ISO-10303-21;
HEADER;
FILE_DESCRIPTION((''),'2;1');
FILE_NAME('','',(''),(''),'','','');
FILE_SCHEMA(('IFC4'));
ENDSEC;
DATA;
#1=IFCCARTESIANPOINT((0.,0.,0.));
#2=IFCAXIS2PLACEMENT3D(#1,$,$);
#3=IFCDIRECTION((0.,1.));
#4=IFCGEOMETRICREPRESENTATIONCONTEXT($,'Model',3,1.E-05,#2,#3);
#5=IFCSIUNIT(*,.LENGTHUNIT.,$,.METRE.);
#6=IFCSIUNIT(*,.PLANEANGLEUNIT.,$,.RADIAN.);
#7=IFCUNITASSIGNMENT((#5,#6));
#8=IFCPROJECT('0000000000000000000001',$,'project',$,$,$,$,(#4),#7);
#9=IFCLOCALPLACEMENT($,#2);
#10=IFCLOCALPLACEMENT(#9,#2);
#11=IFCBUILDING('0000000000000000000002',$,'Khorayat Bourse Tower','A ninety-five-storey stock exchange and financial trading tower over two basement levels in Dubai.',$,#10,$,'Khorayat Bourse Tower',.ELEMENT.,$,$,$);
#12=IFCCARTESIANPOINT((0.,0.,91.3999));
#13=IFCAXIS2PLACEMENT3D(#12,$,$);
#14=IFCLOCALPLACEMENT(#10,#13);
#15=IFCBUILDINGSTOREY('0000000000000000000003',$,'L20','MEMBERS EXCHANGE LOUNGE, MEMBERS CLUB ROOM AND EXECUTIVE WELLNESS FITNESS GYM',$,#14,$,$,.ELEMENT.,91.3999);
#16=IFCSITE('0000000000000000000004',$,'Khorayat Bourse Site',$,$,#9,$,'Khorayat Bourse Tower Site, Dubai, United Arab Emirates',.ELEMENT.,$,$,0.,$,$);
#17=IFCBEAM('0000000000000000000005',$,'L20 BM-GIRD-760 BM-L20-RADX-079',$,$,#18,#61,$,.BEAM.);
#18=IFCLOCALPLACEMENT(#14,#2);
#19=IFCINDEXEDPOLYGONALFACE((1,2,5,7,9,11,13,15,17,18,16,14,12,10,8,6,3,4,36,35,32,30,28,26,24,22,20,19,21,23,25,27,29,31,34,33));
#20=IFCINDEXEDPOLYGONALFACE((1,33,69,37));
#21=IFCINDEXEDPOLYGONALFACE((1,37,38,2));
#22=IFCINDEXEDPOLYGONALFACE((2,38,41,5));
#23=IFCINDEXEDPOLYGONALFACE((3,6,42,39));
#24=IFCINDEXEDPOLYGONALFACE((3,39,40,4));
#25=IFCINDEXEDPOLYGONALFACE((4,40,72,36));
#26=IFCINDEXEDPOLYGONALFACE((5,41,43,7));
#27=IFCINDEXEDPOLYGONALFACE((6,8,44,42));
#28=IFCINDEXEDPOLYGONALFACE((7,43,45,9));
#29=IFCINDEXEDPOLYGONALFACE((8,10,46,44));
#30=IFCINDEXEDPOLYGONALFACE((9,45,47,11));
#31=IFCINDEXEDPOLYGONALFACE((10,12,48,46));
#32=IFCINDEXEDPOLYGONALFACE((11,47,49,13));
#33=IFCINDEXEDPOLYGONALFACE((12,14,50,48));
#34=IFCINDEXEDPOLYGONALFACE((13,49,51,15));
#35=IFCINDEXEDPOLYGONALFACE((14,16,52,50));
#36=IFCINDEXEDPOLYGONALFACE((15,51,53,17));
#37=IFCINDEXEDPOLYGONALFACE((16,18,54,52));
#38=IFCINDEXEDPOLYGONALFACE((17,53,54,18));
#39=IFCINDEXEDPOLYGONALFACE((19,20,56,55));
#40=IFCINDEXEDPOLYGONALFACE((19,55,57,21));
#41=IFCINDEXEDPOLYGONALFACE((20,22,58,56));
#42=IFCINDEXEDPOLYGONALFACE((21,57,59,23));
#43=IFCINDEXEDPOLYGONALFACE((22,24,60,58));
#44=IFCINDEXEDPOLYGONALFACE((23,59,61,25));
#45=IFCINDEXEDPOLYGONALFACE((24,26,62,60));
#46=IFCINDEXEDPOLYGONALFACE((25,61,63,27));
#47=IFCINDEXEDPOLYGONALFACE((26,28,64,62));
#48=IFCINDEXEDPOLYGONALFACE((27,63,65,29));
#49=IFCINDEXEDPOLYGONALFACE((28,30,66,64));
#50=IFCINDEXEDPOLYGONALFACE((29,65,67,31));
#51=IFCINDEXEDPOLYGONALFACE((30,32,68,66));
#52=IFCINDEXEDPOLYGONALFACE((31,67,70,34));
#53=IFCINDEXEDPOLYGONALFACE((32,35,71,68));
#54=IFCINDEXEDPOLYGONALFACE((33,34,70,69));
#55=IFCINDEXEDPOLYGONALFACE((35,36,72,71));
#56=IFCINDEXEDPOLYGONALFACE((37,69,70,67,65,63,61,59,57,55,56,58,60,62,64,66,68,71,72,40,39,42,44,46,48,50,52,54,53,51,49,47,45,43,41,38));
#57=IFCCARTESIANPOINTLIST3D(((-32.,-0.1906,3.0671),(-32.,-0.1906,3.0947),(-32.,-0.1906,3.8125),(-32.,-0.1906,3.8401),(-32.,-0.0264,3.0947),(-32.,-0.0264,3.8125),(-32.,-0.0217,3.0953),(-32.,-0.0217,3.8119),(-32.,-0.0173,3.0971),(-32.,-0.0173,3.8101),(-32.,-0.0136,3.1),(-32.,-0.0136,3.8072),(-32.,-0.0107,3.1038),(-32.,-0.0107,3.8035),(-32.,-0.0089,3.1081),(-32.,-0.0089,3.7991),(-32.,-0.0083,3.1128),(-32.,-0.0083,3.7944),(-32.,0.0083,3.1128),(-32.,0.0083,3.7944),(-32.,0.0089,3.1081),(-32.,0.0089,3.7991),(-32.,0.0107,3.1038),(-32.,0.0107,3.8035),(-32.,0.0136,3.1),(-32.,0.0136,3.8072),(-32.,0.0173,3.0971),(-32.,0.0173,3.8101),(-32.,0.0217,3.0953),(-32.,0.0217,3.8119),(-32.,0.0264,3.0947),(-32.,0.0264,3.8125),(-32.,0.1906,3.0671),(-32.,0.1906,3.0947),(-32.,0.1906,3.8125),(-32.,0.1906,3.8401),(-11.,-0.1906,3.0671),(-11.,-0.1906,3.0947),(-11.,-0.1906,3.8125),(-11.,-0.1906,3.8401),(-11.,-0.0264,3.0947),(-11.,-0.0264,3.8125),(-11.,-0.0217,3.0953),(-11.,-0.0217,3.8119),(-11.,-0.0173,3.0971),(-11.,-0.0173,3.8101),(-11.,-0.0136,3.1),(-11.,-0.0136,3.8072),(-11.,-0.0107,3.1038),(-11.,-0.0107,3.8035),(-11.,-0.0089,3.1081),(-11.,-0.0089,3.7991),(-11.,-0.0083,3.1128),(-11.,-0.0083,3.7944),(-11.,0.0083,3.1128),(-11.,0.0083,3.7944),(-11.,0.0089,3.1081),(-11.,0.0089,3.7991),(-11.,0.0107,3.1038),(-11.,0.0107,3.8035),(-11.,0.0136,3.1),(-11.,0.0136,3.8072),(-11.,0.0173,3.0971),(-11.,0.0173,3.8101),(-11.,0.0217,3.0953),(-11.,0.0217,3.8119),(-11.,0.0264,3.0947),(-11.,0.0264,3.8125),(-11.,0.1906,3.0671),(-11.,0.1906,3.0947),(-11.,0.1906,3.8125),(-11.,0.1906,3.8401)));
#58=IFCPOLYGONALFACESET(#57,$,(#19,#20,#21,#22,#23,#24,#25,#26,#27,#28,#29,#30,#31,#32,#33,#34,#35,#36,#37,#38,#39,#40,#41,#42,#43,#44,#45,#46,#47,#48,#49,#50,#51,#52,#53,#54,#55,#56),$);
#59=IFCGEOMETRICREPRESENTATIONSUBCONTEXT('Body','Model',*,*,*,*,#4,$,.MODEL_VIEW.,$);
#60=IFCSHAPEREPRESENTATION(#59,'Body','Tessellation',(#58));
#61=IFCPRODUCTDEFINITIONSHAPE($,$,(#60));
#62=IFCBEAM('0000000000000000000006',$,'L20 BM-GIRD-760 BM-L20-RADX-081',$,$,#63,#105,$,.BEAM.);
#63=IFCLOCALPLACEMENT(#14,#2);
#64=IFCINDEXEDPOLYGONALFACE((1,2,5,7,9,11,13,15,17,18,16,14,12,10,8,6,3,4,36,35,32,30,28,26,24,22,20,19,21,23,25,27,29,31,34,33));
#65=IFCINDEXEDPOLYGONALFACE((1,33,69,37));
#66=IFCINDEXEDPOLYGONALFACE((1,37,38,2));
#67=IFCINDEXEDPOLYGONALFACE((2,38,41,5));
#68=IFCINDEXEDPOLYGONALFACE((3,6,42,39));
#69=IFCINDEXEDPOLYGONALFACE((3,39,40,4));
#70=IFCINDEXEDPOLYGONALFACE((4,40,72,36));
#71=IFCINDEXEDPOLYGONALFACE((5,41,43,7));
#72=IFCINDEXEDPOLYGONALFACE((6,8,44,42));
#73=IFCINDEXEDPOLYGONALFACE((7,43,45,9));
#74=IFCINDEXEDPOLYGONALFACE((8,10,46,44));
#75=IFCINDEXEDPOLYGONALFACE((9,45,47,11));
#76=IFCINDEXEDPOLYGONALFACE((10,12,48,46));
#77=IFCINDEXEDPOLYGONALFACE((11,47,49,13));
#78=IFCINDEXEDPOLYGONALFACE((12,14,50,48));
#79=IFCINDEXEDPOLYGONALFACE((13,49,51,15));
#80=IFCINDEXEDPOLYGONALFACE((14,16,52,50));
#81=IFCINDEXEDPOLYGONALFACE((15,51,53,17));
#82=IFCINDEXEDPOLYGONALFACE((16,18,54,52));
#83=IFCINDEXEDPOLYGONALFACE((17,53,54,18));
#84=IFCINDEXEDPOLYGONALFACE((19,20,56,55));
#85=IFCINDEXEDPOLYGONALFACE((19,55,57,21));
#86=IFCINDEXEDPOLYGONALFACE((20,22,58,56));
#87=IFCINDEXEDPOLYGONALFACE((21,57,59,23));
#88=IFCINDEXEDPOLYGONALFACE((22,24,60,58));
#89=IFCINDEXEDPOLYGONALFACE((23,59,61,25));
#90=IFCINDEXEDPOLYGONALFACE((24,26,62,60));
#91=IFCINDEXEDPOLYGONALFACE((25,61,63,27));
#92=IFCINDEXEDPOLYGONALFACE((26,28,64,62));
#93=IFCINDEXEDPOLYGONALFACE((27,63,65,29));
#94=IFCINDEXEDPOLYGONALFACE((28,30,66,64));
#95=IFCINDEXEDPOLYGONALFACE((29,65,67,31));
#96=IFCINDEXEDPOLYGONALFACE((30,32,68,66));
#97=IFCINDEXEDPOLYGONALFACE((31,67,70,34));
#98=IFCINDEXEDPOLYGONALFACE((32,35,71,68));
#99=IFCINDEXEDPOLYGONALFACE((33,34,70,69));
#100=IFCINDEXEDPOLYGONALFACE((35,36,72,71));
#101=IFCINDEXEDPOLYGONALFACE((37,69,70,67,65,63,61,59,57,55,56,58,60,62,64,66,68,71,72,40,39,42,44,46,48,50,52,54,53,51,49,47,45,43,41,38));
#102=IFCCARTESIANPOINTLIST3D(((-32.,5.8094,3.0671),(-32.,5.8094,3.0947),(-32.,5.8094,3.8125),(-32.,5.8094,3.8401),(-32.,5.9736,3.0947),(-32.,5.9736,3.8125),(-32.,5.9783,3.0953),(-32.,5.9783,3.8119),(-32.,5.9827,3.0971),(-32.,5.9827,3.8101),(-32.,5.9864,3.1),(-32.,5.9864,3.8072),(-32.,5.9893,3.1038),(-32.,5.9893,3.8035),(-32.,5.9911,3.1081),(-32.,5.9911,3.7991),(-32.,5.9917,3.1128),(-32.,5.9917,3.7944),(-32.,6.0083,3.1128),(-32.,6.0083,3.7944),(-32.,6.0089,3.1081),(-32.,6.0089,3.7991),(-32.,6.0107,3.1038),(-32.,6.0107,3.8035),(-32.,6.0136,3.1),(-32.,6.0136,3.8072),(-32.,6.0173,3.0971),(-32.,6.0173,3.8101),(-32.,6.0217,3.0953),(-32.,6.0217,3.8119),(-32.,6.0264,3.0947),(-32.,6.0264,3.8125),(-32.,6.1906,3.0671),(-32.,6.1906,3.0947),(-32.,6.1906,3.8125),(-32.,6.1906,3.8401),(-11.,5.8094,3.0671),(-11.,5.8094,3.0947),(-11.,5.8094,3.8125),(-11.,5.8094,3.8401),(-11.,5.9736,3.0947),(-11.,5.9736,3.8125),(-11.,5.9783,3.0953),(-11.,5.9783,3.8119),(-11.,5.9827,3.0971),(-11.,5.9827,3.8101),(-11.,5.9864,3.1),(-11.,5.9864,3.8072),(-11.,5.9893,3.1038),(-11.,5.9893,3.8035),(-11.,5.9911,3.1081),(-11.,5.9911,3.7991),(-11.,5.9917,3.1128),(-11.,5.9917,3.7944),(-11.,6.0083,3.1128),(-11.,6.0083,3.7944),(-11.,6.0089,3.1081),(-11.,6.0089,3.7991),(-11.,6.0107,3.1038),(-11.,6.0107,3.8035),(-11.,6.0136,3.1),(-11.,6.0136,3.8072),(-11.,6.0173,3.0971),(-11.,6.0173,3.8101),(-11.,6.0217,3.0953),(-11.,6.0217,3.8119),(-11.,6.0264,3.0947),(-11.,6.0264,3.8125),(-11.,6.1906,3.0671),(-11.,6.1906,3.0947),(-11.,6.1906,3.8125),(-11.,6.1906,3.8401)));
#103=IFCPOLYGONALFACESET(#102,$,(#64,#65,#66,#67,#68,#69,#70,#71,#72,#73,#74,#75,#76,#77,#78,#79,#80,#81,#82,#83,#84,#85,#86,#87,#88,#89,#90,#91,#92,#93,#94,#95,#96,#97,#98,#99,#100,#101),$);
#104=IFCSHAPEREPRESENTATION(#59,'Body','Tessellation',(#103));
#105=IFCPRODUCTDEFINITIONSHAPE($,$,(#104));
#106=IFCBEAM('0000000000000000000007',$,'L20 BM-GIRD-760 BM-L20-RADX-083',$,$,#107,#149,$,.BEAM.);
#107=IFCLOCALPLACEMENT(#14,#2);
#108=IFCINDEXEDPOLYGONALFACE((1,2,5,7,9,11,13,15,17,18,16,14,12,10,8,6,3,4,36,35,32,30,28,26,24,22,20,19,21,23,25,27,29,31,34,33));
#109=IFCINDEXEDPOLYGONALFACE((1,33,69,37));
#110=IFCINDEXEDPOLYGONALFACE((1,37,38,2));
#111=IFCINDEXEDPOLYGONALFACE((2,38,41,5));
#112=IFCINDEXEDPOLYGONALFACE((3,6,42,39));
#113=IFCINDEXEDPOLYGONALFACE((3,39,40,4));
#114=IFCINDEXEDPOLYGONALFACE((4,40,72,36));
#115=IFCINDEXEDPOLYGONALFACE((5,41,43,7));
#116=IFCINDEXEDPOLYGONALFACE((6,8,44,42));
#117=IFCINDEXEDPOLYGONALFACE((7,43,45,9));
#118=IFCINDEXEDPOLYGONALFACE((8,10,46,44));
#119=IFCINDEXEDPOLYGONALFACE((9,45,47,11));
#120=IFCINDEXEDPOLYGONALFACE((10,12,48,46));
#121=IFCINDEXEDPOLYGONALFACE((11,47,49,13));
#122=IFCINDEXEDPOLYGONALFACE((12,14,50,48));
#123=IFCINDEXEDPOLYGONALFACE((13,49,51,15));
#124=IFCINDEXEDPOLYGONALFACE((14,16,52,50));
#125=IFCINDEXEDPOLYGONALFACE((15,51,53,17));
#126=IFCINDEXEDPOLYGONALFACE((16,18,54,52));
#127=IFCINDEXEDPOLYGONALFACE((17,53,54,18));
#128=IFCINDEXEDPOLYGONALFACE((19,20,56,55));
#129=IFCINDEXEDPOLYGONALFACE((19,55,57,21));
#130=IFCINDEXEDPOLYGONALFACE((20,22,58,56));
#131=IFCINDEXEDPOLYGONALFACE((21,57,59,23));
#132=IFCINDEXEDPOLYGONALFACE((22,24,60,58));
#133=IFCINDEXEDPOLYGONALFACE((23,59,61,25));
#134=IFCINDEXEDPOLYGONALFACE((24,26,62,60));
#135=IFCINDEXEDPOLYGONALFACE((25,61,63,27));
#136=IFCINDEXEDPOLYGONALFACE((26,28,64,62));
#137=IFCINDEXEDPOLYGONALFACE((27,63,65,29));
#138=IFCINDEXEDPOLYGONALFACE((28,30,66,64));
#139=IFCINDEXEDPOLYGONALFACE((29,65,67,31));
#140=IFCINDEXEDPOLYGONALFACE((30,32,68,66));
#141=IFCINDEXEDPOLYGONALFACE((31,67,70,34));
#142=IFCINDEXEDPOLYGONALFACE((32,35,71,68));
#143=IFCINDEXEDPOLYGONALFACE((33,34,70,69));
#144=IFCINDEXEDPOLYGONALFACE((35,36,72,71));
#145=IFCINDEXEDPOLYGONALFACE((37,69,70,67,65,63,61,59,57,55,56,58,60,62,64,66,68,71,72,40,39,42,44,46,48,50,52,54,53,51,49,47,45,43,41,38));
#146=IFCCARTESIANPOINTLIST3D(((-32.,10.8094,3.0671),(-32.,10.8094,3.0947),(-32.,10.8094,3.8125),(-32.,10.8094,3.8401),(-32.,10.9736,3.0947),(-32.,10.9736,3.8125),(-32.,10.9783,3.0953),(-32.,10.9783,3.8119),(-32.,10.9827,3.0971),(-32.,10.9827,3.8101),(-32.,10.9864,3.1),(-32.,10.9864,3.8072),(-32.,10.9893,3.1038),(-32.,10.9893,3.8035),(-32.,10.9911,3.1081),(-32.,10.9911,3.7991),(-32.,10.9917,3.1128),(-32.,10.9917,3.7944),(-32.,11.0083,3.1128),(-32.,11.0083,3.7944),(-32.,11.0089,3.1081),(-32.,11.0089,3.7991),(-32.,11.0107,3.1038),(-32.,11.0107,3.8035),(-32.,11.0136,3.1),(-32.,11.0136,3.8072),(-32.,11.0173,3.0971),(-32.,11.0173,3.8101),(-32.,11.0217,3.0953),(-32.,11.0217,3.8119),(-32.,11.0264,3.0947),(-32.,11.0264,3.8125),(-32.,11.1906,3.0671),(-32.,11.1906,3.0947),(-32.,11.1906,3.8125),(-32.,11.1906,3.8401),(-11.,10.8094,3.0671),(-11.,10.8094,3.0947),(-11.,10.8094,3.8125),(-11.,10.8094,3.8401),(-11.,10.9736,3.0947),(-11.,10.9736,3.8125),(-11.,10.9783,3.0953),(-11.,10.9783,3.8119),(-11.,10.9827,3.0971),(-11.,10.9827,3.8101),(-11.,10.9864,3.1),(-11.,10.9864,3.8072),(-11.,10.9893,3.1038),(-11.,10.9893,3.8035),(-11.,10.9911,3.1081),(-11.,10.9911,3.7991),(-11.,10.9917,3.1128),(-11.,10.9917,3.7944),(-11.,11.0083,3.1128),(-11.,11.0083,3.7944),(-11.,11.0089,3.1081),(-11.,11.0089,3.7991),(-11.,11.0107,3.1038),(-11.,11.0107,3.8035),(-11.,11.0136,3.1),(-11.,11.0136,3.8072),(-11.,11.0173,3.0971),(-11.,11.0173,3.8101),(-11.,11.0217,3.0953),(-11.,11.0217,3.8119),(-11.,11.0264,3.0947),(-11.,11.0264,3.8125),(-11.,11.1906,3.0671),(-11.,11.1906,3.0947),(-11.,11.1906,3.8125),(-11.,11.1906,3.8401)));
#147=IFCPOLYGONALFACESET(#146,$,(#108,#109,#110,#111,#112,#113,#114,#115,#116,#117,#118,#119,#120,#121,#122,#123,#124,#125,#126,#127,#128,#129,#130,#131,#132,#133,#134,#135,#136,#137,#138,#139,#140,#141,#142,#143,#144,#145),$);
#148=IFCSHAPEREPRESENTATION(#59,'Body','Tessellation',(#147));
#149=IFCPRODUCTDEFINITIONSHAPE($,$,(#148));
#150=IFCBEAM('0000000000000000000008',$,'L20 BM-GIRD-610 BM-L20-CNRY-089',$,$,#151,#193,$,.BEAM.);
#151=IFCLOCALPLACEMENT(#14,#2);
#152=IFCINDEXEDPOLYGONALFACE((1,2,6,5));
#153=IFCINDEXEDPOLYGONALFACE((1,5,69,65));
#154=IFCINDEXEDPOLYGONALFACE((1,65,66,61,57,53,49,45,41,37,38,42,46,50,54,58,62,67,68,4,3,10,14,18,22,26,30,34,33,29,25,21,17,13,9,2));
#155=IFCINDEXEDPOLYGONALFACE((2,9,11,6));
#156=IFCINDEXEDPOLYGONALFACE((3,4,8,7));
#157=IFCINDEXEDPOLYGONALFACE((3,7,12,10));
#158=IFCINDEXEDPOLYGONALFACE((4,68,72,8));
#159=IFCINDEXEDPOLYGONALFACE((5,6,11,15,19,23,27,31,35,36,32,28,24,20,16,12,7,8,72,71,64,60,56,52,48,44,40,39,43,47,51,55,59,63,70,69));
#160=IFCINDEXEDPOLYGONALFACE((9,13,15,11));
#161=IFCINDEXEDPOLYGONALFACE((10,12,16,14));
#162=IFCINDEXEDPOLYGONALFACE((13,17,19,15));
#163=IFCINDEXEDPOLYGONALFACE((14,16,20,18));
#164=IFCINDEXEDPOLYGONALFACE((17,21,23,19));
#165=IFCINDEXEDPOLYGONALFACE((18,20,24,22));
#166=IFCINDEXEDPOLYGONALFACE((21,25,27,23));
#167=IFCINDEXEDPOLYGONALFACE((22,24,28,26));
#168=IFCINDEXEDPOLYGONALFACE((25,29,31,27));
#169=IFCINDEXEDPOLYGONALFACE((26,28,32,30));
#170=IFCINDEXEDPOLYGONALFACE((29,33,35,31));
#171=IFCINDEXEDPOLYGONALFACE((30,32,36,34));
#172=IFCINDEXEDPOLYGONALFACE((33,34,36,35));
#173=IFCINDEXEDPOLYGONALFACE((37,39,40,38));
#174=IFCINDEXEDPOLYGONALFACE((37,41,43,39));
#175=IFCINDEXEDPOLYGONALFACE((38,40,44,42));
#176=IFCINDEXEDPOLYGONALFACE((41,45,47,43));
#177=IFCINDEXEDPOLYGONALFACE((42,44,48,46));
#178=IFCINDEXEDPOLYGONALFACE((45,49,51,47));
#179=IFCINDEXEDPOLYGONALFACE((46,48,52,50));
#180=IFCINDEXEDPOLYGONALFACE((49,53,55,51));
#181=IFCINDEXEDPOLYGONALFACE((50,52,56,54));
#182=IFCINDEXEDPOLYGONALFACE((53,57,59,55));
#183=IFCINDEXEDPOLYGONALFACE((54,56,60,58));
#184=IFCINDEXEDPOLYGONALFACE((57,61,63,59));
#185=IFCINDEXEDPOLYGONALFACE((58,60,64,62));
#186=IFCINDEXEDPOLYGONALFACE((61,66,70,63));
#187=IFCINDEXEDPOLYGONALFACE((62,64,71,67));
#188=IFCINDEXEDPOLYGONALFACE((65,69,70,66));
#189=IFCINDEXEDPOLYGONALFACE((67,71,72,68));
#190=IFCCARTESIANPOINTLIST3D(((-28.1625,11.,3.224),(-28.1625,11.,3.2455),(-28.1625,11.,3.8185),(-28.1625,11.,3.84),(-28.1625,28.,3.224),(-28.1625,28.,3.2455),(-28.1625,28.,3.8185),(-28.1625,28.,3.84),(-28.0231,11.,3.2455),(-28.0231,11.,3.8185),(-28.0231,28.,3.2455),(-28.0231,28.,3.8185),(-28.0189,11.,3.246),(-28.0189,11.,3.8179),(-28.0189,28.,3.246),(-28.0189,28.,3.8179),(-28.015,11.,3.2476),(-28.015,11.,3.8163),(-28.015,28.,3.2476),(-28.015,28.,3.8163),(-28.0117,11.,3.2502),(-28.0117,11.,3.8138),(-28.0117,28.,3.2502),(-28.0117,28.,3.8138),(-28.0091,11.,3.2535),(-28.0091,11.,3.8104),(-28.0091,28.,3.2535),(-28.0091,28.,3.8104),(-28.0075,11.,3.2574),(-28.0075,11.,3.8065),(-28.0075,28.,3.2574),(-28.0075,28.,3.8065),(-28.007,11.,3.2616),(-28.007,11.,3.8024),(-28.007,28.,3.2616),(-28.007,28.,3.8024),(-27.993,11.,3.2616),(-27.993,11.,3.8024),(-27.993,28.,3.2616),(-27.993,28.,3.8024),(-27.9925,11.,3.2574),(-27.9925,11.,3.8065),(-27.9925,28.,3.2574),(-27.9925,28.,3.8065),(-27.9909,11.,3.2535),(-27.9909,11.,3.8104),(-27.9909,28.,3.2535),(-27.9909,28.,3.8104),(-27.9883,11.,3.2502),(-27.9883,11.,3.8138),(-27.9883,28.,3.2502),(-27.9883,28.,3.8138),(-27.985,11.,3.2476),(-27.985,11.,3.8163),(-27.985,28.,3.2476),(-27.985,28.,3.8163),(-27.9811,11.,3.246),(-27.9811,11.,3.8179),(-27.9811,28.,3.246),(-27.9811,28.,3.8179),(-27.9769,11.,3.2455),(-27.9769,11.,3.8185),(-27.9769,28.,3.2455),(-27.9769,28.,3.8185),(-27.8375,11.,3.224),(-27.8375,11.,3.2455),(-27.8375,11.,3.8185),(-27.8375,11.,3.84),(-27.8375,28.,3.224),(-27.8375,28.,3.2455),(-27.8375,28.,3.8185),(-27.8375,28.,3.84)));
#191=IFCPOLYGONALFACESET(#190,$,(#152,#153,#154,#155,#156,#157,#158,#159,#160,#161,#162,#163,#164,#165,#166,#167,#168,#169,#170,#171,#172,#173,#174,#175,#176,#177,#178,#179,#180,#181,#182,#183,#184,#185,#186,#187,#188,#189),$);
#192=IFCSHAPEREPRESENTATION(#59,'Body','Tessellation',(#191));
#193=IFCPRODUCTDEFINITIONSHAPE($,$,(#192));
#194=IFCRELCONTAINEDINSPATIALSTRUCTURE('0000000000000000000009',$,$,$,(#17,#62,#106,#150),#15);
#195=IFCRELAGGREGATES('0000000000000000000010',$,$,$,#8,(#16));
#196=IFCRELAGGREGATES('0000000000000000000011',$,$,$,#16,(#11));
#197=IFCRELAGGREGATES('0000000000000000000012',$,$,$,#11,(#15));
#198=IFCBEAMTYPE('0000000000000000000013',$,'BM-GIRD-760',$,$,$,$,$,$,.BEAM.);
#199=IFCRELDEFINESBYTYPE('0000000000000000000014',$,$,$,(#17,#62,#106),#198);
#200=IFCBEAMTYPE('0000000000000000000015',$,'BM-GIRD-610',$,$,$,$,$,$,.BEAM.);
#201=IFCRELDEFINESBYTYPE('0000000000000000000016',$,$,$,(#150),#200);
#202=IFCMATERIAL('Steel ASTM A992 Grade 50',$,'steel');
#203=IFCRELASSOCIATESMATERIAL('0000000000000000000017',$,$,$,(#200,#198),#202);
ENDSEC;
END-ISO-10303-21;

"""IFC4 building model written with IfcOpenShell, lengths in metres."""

from ifc_helpers import new_model, si_unit, direction, frame, origin, origin_2d, place, context, subcontext, project, spatial, i_section, extrude, source, transform, mapped, material, material_profile, profile_set, type_object, element, save


model = new_model("IFC4")

# Units and contexts
model_context = context("Model", 3, precision=1e-05, world=origin(), true_north=direction((0.0, 1.0)))
body_context = subcontext(model_context, "Body", "Model", "MODEL_VIEW")
ifc_project = project(units=[si_unit("LENGTHUNIT", "METRE"), si_unit("PLANEANGLEUNIT", "RADIAN")], contexts=[model_context])

# Site, building, storey
site_placement = place(None, origin())
site = spatial("IfcSite", under=ifc_project, at=site_placement, Name="Khorayat Bourse Site", LongName="Khorayat Bourse Tower Site, Dubai, United Arab Emirates", CompositionType="ELEMENT", RefElevation=0.0)
building_placement = place(site_placement, origin())
building = spatial("IfcBuilding", under=site, at=building_placement, Name="Khorayat Bourse Tower", Description="A ninety-five-storey stock exchange and financial trading tower over two basement levels in Dubai.", LongName="Khorayat Bourse Tower", CompositionType="ELEMENT")
storey_placement = place(building_placement, frame((0.0, 0.0, 91.3999)))
storey = spatial("IfcBuildingStorey", under=building, at=storey_placement, Name="L20", Description="MEMBERS EXCHANGE LOUNGE, MEMBERS CLUB ROOM AND EXECUTIVE WELLNESS FITNESS GYM", CompositionType="ELEMENT", Elevation=91.3999)

# Beams
ifc_material_1 = material(Name="Steel ASTM A992 Grade 50", Category="steel")
ifc_material_profile_1 = material_profile(ifc_material_1, i_section(OverallWidth=0.325, OverallDepth=0.616, WebThickness=0.0139, FlangeThickness=0.0215, FilletRadius=0.0161, at=origin_2d()), Name="W610X174")
ifc_profile_set_1 = profile_set([ifc_material_profile_1], Name="Steel ASTM A992 Grade 50")
beam_type_1 = type_object("IfcBeamType", Name="BM-GIRD-610", PredefinedType="BEAM", material=ifc_profile_set_1)
ifc_material_profile_2 = material_profile(ifc_material_1, i_section(OverallWidth=0.3811, OverallDepth=0.7729, WebThickness=0.0166, FlangeThickness=0.0276, FilletRadius=0.0181, at=origin_2d()), Name="W760X257")
ifc_profile_set_2 = profile_set([ifc_material_profile_2], Name="Steel ASTM A992 Grade 50")
beam_type_2 = type_object("IfcBeamType", Name="BM-GIRD-760", PredefinedType="BEAM", material=ifc_profile_set_2)
shared_shape_1 = source(origin(), body_context, "Body", "SweptSolid", [
    extrude(i_section(OverallWidth=0.3811, OverallDepth=0.7729, WebThickness=0.0166, FlangeThickness=0.0276, FilletRadius=0.0181, at=origin_2d()), origin(), (0.0, 0.0, 1.0), 21.0),
])
for number, where, z_axis, x_axis, name in (
    (1, (-32.0, 0.0, 3.4536), (1.0, 0.0, 0.0), (0.0, 1.0, 0.0), "L20 BM-GIRD-760 BM-L20-RADX-079"),
    (2, (-32.0, 6.0, 3.4536), (1.0, 0.0, 0.0), (0.0, 1.0, 0.0), "L20 BM-GIRD-760 BM-L20-RADX-081"),
    (3, (-32.0, 11.0, 3.4536), (1.0, 0.0, 0.0), (0.0, 1.0, 0.0), "L20 BM-GIRD-760 BM-L20-RADX-083"),
):
    element("IfcBeam", number, at=place(storey_placement, frame(where, z_axis=z_axis, x_axis=x_axis)), inside=storey, type_object=beam_type_2, Name=name, PredefinedType="BEAM", context=body_context, shape_type="MappedRepresentation", body=[
        mapped(shared_shape_1, transform((0.0, 0.0, 0.0), scale=1.0)),
    ])
shared_shape_2 = source(origin(), body_context, "Body", "SweptSolid", [
    extrude(i_section(OverallWidth=0.325, OverallDepth=0.616, WebThickness=0.0139, FlangeThickness=0.0215, FilletRadius=0.0161, at=origin_2d()), origin(), (0.0, 0.0, 1.0), 17.0),
])
beam_1_placement = place(storey_placement, frame((-28.0, 11.0, 3.532), z_axis=(0.0, 1.0, 0.0), x_axis=(-1.0, 0.0, 0.0)))
element("IfcBeam", 4, at=beam_1_placement, inside=storey, type_object=beam_type_1, Name="L20 BM-GIRD-610 BM-L20-CNRY-089", PredefinedType="BEAM", context=body_context, shape_type="MappedRepresentation", body=[
    mapped(shared_shape_2, transform((0.0, 0.0, 0.0), scale=1.0)),
])

save(model, "model.ifc")
